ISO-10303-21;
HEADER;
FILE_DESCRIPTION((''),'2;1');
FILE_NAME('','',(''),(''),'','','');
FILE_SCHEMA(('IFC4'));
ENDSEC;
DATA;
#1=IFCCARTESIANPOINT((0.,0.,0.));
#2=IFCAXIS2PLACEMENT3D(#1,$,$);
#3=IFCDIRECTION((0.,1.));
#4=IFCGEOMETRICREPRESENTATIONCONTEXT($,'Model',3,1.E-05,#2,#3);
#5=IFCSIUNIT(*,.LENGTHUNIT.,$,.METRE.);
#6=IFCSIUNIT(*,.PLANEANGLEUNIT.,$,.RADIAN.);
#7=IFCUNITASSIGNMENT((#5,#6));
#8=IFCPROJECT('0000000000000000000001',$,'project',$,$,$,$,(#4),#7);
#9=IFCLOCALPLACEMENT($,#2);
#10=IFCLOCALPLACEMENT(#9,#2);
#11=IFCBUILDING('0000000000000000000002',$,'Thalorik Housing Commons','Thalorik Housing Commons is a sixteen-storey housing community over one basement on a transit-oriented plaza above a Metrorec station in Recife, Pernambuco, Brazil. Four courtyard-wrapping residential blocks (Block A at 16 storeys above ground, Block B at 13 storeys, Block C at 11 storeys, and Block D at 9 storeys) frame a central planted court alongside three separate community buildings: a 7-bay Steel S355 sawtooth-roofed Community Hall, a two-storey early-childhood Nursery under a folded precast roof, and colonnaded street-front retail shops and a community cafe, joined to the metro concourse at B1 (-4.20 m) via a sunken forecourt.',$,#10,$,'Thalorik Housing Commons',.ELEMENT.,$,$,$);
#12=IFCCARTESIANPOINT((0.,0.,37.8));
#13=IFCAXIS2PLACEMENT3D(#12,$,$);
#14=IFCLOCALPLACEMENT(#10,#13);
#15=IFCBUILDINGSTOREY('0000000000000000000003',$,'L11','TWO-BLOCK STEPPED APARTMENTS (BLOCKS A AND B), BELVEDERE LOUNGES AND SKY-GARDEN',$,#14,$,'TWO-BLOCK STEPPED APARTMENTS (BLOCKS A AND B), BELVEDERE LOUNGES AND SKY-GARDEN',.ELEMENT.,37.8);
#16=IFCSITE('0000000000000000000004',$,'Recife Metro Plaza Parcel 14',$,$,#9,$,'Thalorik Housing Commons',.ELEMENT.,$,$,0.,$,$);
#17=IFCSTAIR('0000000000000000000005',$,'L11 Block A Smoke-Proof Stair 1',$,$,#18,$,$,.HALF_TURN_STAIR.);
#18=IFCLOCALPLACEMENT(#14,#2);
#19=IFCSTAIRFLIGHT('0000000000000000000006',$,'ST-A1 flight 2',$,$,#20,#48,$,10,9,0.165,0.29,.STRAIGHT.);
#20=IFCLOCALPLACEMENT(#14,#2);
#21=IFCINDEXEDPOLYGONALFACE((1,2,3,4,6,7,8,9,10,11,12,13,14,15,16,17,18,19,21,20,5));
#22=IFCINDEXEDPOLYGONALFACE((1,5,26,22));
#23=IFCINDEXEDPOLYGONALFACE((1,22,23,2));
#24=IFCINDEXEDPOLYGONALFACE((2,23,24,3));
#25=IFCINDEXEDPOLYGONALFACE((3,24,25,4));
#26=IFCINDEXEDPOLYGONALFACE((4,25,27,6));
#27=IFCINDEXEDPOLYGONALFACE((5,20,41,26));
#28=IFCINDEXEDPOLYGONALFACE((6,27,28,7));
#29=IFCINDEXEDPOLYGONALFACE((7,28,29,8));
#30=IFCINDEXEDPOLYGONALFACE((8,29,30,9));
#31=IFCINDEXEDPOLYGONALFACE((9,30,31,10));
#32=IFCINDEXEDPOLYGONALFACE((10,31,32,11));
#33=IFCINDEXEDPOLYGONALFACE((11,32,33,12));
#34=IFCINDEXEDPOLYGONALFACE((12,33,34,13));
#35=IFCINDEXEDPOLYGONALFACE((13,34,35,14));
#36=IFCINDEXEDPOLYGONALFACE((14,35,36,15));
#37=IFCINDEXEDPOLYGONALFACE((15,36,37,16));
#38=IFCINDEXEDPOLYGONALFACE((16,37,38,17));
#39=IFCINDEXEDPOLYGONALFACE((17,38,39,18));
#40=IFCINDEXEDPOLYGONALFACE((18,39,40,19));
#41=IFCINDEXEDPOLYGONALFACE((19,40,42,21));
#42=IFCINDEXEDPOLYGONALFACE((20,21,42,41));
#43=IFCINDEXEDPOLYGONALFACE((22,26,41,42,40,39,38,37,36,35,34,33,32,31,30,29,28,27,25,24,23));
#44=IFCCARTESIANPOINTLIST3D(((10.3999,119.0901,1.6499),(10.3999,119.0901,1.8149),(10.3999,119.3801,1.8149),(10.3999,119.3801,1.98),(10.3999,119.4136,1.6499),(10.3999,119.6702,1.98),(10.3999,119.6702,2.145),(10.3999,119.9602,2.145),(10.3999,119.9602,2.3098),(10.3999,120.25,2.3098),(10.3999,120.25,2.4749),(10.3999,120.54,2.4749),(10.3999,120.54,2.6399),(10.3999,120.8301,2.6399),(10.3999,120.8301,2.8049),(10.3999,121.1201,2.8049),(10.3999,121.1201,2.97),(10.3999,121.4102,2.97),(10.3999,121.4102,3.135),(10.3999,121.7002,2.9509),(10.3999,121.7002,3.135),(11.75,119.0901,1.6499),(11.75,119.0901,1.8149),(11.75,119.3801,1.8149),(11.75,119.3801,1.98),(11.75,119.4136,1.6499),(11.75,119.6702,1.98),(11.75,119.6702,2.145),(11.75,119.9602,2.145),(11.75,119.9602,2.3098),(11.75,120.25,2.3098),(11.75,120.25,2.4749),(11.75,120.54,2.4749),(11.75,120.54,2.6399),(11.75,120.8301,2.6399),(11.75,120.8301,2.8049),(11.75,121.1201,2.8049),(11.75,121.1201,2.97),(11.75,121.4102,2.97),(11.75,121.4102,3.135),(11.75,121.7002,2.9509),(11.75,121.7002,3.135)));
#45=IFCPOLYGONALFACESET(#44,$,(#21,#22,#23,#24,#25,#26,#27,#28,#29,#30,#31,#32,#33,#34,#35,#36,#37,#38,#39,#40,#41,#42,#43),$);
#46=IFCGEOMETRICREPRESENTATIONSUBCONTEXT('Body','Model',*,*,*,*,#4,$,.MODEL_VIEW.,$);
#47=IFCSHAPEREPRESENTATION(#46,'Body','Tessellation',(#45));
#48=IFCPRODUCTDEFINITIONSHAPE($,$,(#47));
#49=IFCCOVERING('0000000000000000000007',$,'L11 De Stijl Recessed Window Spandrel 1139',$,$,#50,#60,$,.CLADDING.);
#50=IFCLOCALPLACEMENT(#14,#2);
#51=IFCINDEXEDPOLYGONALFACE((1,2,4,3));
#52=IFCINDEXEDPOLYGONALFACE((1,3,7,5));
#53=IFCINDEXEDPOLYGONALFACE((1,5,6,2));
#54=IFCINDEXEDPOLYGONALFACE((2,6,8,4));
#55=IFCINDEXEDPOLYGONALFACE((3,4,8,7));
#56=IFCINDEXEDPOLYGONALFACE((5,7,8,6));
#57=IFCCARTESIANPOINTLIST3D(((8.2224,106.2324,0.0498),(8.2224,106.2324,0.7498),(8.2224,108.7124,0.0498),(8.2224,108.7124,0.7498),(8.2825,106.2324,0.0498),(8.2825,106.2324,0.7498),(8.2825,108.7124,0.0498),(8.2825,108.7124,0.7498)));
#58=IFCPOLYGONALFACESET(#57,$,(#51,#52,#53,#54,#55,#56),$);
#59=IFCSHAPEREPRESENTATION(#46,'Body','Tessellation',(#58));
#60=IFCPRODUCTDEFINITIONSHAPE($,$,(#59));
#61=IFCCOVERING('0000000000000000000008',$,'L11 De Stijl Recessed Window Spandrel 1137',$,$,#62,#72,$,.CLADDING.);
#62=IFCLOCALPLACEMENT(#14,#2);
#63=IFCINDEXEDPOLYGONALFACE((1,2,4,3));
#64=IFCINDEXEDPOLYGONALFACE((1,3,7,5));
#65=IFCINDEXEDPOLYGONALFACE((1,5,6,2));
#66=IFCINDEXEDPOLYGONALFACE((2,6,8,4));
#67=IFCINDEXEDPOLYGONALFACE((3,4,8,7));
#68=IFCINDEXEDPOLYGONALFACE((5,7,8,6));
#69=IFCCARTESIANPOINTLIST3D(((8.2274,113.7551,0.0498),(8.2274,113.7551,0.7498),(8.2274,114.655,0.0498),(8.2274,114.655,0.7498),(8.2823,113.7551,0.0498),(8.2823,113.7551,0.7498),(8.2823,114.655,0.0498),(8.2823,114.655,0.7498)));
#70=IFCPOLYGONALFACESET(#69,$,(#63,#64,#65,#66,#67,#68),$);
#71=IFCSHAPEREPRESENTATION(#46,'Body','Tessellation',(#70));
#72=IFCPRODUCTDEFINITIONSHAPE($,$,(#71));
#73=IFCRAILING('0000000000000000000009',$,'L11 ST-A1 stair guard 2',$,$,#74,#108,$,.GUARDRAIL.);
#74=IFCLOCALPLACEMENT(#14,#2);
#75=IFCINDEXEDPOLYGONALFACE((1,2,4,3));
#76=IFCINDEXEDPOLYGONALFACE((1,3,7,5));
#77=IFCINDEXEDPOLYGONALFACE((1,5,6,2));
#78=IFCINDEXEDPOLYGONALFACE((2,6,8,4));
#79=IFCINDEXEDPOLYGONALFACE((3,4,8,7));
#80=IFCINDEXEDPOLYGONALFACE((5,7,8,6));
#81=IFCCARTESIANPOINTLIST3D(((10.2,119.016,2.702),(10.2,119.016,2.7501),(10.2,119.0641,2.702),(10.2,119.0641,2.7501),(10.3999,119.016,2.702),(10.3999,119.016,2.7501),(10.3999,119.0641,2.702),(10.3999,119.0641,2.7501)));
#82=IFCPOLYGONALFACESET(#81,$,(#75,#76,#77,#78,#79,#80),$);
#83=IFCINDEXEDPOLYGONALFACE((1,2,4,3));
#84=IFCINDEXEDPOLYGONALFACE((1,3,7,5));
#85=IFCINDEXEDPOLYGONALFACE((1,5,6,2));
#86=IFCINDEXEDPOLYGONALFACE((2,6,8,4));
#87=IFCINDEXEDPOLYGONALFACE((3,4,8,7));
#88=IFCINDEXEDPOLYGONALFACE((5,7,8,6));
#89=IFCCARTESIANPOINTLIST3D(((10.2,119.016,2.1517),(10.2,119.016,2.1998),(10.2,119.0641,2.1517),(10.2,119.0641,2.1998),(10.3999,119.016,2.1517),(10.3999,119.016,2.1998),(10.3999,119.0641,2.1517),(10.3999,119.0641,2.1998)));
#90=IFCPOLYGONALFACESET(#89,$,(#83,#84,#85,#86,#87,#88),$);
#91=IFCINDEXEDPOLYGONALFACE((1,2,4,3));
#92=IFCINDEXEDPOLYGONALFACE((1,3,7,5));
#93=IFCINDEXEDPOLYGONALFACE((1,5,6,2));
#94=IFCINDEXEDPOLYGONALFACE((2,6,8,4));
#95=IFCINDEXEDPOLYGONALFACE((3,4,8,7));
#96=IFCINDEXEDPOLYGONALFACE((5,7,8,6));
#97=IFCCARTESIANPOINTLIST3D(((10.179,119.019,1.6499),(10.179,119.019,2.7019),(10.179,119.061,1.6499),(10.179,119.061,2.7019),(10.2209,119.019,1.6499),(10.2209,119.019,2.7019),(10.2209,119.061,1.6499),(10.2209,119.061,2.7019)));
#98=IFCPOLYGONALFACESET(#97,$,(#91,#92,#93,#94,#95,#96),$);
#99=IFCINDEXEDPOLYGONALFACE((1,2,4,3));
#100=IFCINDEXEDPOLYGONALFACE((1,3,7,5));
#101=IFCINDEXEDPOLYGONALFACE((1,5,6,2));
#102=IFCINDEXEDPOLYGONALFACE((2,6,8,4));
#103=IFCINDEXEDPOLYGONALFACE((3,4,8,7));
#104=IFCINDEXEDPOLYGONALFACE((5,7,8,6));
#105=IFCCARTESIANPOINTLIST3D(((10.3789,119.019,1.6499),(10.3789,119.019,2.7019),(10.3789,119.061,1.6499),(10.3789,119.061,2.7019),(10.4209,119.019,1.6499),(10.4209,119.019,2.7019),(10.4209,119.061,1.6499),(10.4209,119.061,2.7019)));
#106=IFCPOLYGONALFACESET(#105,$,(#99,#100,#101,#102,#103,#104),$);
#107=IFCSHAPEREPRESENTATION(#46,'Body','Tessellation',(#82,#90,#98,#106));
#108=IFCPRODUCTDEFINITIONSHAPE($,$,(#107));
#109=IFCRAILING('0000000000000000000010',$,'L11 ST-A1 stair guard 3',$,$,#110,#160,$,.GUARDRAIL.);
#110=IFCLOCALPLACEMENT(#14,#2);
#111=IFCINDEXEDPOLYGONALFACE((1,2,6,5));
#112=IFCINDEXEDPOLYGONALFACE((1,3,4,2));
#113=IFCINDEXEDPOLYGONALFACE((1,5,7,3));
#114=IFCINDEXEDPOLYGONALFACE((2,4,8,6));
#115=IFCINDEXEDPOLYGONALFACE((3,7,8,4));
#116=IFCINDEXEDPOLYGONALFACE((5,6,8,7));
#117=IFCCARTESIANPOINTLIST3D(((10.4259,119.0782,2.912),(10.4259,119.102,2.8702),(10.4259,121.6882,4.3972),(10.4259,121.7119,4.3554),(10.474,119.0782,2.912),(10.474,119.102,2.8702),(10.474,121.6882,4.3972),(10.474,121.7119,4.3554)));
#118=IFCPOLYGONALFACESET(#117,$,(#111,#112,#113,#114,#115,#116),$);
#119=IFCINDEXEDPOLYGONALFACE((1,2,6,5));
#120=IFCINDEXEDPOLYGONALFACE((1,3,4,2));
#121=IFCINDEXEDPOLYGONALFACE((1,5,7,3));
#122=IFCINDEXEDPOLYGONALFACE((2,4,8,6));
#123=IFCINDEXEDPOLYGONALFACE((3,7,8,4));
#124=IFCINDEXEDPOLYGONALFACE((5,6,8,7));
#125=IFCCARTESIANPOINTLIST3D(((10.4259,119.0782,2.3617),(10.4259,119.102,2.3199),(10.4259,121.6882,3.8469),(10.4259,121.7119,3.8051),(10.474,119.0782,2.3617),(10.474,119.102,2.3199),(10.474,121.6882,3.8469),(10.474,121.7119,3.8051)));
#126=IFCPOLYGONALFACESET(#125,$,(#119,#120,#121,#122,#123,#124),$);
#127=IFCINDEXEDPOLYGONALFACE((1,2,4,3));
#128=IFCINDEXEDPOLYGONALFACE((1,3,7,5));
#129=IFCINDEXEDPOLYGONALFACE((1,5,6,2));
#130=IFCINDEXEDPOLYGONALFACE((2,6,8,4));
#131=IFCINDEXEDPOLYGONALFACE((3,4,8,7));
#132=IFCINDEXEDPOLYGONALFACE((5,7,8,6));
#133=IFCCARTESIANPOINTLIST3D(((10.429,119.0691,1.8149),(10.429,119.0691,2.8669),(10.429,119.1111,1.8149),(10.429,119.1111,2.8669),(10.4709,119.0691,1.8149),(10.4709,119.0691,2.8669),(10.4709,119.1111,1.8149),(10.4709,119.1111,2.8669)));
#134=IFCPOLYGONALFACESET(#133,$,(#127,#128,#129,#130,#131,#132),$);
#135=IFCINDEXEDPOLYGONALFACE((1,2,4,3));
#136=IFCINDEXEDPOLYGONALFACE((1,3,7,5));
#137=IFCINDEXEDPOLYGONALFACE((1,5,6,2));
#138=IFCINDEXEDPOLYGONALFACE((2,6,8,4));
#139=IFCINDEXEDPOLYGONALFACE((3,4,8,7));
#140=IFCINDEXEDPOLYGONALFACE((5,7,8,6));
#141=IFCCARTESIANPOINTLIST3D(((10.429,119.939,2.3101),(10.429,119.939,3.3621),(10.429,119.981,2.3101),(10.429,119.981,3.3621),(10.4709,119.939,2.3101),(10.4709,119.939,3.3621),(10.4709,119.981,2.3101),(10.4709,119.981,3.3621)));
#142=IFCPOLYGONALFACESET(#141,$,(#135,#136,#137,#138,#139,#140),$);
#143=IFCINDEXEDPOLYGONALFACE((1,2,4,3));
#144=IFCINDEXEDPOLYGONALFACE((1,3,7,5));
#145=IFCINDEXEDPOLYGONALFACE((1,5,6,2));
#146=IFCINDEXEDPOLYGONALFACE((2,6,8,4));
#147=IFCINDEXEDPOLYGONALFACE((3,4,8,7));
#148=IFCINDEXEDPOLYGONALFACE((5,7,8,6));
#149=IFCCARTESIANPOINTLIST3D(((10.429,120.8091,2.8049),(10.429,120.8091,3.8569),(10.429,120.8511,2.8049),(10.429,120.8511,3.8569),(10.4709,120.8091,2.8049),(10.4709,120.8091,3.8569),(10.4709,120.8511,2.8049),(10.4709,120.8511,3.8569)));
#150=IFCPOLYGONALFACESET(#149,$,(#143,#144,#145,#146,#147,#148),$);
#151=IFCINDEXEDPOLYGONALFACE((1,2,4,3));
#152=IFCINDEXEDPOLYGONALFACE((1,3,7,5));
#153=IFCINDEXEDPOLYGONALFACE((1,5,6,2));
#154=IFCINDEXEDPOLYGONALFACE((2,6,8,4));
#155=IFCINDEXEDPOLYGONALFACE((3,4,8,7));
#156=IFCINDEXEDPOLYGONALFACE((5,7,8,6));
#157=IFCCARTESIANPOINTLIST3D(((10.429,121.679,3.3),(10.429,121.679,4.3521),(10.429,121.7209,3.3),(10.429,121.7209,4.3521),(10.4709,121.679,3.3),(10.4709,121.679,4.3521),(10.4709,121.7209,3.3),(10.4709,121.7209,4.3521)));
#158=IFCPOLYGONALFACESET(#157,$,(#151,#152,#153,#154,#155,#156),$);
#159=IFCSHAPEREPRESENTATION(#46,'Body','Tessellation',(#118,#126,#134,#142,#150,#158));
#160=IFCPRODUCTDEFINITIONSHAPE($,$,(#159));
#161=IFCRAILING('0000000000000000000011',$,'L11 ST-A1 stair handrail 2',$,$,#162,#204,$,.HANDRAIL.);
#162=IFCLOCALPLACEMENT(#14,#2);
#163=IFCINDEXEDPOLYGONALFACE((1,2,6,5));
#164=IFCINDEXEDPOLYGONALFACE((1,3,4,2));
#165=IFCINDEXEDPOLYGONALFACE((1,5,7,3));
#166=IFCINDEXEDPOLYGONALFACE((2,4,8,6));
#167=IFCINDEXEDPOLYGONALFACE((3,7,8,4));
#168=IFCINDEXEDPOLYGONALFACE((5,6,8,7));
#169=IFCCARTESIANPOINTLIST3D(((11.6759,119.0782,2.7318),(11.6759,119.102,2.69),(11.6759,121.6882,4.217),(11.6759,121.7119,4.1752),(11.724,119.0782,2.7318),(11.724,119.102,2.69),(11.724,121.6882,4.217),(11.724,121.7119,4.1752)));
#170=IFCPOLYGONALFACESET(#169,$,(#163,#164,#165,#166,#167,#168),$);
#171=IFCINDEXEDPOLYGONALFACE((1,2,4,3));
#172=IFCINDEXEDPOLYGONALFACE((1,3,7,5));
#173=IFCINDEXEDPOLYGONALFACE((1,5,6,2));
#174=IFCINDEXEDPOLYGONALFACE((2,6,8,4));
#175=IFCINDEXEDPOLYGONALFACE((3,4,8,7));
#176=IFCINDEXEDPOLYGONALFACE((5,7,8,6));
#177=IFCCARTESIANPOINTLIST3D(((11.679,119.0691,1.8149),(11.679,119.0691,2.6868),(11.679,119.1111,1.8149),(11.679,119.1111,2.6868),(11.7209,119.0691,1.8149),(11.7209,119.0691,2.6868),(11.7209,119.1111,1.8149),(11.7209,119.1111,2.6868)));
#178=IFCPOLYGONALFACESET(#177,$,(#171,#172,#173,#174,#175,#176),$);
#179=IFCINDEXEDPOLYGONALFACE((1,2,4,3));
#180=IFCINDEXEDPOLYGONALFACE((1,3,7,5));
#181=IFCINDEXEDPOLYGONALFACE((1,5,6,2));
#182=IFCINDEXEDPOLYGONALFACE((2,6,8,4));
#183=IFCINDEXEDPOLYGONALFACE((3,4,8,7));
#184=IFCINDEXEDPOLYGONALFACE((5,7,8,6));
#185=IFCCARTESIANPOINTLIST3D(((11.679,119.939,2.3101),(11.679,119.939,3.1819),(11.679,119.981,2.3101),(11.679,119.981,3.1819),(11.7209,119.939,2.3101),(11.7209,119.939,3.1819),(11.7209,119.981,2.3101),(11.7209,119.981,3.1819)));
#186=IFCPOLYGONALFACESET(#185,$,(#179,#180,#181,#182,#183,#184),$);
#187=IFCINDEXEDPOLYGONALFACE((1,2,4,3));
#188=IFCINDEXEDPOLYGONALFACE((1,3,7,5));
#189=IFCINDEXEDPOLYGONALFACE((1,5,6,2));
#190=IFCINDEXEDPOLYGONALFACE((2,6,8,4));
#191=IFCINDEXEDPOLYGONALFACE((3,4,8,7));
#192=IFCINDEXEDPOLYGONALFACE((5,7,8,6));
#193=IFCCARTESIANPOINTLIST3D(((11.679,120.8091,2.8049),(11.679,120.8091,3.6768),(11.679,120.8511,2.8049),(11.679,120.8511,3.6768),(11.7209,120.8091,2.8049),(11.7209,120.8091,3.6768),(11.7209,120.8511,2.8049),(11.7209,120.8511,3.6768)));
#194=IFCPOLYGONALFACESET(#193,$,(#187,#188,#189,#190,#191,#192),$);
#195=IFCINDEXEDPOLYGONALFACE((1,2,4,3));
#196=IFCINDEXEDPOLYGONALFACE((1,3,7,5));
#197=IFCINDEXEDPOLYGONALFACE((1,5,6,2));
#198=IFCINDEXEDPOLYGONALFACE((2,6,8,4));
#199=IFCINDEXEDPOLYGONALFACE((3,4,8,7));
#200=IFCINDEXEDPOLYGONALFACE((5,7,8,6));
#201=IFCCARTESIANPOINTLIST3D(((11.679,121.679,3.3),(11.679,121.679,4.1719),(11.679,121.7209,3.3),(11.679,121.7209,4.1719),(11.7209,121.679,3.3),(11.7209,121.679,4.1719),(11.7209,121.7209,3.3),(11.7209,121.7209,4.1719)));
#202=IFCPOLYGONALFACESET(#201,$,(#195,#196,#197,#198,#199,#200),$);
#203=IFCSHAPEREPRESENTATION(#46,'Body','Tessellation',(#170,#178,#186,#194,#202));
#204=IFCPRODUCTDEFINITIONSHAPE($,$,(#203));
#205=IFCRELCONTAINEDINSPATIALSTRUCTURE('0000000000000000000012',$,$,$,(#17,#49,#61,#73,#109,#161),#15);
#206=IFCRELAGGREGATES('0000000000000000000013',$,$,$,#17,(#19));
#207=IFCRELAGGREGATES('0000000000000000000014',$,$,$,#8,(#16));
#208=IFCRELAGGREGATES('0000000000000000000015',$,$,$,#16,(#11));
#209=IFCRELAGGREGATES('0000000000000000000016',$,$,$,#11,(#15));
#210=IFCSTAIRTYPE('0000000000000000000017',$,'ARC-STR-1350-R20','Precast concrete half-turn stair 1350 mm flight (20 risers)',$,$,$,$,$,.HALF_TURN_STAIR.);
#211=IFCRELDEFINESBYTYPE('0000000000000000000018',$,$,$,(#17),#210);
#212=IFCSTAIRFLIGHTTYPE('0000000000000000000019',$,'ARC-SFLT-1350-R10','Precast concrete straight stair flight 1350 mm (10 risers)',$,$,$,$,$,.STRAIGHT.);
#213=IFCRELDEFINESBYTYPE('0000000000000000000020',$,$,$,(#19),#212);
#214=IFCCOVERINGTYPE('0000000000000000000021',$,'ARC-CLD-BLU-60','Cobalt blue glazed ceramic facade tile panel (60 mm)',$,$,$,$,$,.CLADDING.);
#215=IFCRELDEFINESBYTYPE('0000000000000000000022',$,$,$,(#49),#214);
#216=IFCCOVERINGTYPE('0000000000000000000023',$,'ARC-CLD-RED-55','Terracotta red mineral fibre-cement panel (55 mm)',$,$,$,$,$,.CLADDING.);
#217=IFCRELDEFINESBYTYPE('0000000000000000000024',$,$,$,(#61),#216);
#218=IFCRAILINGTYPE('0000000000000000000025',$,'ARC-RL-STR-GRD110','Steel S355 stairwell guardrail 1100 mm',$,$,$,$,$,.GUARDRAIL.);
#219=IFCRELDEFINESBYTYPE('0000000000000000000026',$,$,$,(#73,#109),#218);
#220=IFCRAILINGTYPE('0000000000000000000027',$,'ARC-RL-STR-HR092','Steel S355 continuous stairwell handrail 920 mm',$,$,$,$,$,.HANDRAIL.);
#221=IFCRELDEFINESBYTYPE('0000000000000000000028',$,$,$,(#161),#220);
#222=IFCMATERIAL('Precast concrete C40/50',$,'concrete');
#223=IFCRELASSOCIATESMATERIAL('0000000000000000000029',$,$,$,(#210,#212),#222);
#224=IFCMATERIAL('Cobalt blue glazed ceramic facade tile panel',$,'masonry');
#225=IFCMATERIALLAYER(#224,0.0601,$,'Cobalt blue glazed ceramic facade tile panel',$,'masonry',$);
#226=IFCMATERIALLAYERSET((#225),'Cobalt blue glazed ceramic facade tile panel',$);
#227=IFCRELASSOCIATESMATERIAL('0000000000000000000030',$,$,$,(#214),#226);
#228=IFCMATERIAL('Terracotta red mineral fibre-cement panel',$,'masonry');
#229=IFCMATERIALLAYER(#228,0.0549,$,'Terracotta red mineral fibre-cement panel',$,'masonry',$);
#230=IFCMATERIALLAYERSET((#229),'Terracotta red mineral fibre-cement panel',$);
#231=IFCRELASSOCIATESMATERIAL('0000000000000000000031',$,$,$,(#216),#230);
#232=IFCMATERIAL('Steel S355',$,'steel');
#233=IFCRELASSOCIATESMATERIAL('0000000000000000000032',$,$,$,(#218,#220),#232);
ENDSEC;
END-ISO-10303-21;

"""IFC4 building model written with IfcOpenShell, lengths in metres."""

from ifc_helpers import new_model, si_unit, direction, frame, origin, origin_2d, place, context, subcontext, project, spatial, polyline, rectangle, outline, extrude, material, layer, layer_set, type_object, element, aggregate, save


model = new_model("IFC4")

# Units and contexts
model_context = context("Model", 3, precision=1e-05, world=origin(), true_north=direction((0.0, 1.0)))
body_context = subcontext(model_context, "Body", "Model", "MODEL_VIEW")
ifc_project = project(units=[si_unit("LENGTHUNIT", "METRE"), si_unit("PLANEANGLEUNIT", "RADIAN")], contexts=[model_context])

# Site, building, storey
site_placement = place(None, origin())
site = spatial("IfcSite", under=ifc_project, at=site_placement, Name="Recife Metro Plaza Parcel 14", LongName="Thalorik Housing Commons", CompositionType="ELEMENT", RefElevation=0.0)
building_placement = place(site_placement, origin())
building = spatial("IfcBuilding", under=site, at=building_placement, Name="Thalorik Housing Commons", Description="Thalorik Housing Commons is a sixteen-storey housing community over one basement on a transit-oriented plaza above a Metrorec station in Recife, Pernambuco, Brazil. Four courtyard-wrapping residential blocks (Block A at 16 storeys above ground, Block B at 13 storeys, Block C at 11 storeys, and Block D at 9 storeys) frame a central planted court alongside three separate community buildings: a 7-bay Steel S355 sawtooth-roofed Community Hall, a two-storey early-childhood Nursery under a folded precast roof, and colonnaded street-front retail shops and a community cafe, joined to the metro concourse at B1 (-4.20 m) via a sunken forecourt.", LongName="Thalorik Housing Commons", CompositionType="ELEMENT")
storey_placement = place(building_placement, frame((0.0, 0.0, 37.8)))
storey = spatial("IfcBuildingStorey", under=building, at=storey_placement, Name="L11", Description="TWO-BLOCK STEPPED APARTMENTS (BLOCKS A AND B), BELVEDERE LOUNGES AND SKY-GARDEN", LongName="TWO-BLOCK STEPPED APARTMENTS (BLOCKS A AND B), BELVEDERE LOUNGES AND SKY-GARDEN", CompositionType="ELEMENT", Elevation=37.8)

# Shared definitions
ifc_material_1 = material(Name="Precast concrete C40/50", Category="concrete")

# Shared definitions
ifc_material_2 = material(Name="Steel S355", Category="steel")

# Stair, stair flight
stair_type = type_object("IfcStairType", Name="ARC-STR-1350-R20", Description="Precast concrete half-turn stair 1350 mm flight (20 risers)", PredefinedType="HALF_TURN_STAIR", material=ifc_material_1)
stair_placement = place(storey_placement, origin())
stair = element("IfcStair", 1, at=stair_placement, inside=storey, type_object=stair_type, Name="L11 Block A Smoke-Proof Stair 1", PredefinedType="HALF_TURN_STAIR")
stair_flight_type = type_object("IfcStairFlightType", Name="ARC-SFLT-1350-R10", Description="Precast concrete straight stair flight 1350 mm (10 risers)", PredefinedType="STRAIGHT", material=ifc_material_1)
stair_flight_placement = place(storey_placement, frame((11.075, 119.0901, 1.6499), z_axis=(0.0, 0.0, 1.0), x_axis=(0.0, 1.0, 0.0)))
stair_flight = element("IfcStairFlight", 2, at=stair_flight_placement, type_object=stair_flight_type, Name="ST-A1 flight 2", NumberOfRisers=10, NumberOfTreads=9, PredefinedType="STRAIGHT", RiserHeight=0.165, TreadLength=0.29, context=body_context, shape_type="SweptSolid", body=[
    extrude(outline(polyline([(0.0, 0.0), (0.0, 0.165), (0.29, 0.165), (0.29, 0.3301), (0.5801, 0.3301), (0.5801, 0.4951), (0.8701, 0.4951), (0.8701, 0.6599), (1.1599, 0.6599), (1.1599, 0.825), (1.45, 0.825), (1.45, 0.99), (1.74, 0.99), (1.74, 1.155), (2.03, 1.155), (2.03, 1.3201), (2.3201, 1.3201), (2.3201, 1.4851), (2.6101, 1.4851), (2.6101, 1.6499), (2.6101, 1.301), (0.3235, 0.0), (0.0, 0.0)])), frame((0.0, 0.675, 0.0), z_axis=(0.0, -1.0, 0.0), x_axis=(1.0, 0.0, 0.0)), (0.0, 0.0, 1.0), 1.3501),
])
aggregate(stair, [stair_flight])

# Coverings
ifc_material_3 = material(Name="Cobalt blue glazed ceramic facade tile panel", Category="masonry")
ifc_layer_1 = layer(ifc_material_3, 0.0601, Name="Cobalt blue glazed ceramic facade tile panel", Category="masonry")
ifc_layer_set_1 = layer_set([ifc_layer_1], Name="Cobalt blue glazed ceramic facade tile panel")
covering_type_1 = type_object("IfcCoveringType", Name="ARC-CLD-BLU-60", Description="Cobalt blue glazed ceramic facade tile panel (60 mm)", PredefinedType="CLADDING", material=ifc_layer_set_1)
covering_1_placement = place(storey_placement, frame((8.2524, 107.4724, 0.0498), z_axis=(0.0, 0.0, 1.0), x_axis=(0.0, -1.0, 0.0)))
element("IfcCovering", 3, at=covering_1_placement, inside=storey, type_object=covering_type_1, Name="L11 De Stijl Recessed Window Spandrel 1139", PredefinedType="CLADDING", context=body_context, shape_type="SweptSolid", body=[
    extrude(rectangle(XDim=2.48, YDim=0.0601, at=origin_2d()), origin(), (0.0, 0.0, 1.0), 0.7),
])
ifc_material_4 = material(Name="Terracotta red mineral fibre-cement panel", Category="masonry")
ifc_layer_2 = layer(ifc_material_4, 0.0549, Name="Terracotta red mineral fibre-cement panel", Category="masonry")
ifc_layer_set_2 = layer_set([ifc_layer_2], Name="Terracotta red mineral fibre-cement panel")
covering_type_2 = type_object("IfcCoveringType", Name="ARC-CLD-RED-55", Description="Terracotta red mineral fibre-cement panel (55 mm)", PredefinedType="CLADDING", material=ifc_layer_set_2)
covering_2_placement = place(storey_placement, frame((8.2549, 114.2051, 0.0498), z_axis=(0.0, 0.0, 1.0), x_axis=(0.0, -1.0, 0.0)))
element("IfcCovering", 4, at=covering_2_placement, inside=storey, type_object=covering_type_2, Name="L11 De Stijl Recessed Window Spandrel 1137", PredefinedType="CLADDING", context=body_context, shape_type="SweptSolid", body=[
    extrude(rectangle(XDim=0.8999, YDim=0.0549, at=origin_2d()), origin(), (0.0, 0.0, 1.0), 0.7),
])

# Railings
railing_type_1 = type_object("IfcRailingType", Name="ARC-RL-STR-GRD110", Description="Steel S355 stairwell guardrail 1100 mm", PredefinedType="GUARDRAIL", material=ifc_material_2)
railing_1_placement = place(storey_placement, frame((10.2, 119.04, 1.6499)))
element("IfcRailing", 5, at=railing_1_placement, inside=storey, type_object=railing_type_1, Name="L11 ST-A1 stair guard 2", PredefinedType="GUARDRAIL", context=body_context, shape_type="SweptSolid", body=[
    extrude(rectangle(XDim=0.0481, YDim=0.0481, at=origin_2d()), frame((0.0, 0.0, 1.0762), z_axis=(1.0, 0.0, 0.0), x_axis=(0.0, 1.0, 0.0)), (0.0, 0.0, 1.0), 0.2),
    extrude(rectangle(XDim=0.0481, YDim=0.0481, at=origin_2d()), frame((0.0, 0.0, 0.5259), z_axis=(1.0, 0.0, 0.0), x_axis=(0.0, 1.0, 0.0)), (0.0, 0.0, 1.0), 0.2),
    extrude(rectangle(XDim=0.042, YDim=0.042, at=origin_2d()), origin(), (0.0, 0.0, 1.0), 1.052),
    extrude(rectangle(XDim=0.042, YDim=0.042, at=origin_2d()), frame((0.2, 0.0, 0.0)), (0.0, 0.0, 1.0), 1.052),
])
railing_2_placement = place(storey_placement, frame((10.45, 119.0901, 1.8149)))
element("IfcRailing", 6, at=railing_2_placement, inside=storey, type_object=railing_type_1, Name="L11 ST-A1 stair guard 3", PredefinedType="GUARDRAIL", context=body_context, shape_type="SweptSolid", body=[
    extrude(rectangle(XDim=0.0481, YDim=0.0481, at=origin_2d()), frame((0.0, 0.0, 1.0762), z_axis=(0.0, 0.869137, 0.494571), x_axis=(-1.0, 0.0, 0.0)), (0.0, 0.0, 1.0), 3.0029),
    extrude(rectangle(XDim=0.0481, YDim=0.0481, at=origin_2d()), frame((0.0, 0.0, 0.5259), z_axis=(0.0, 0.869137, 0.494571), x_axis=(-1.0, 0.0, 0.0)), (0.0, 0.0, 1.0), 3.0029),
    extrude(rectangle(XDim=0.042, YDim=0.042, at=origin_2d()), origin(), (0.0, 0.0, 1.0), 1.052),
    extrude(rectangle(XDim=0.042, YDim=0.042, at=origin_2d()), frame((0.0, 0.8699, 0.4951)), (0.0, 0.0, 1.0), 1.052),
    extrude(rectangle(XDim=0.042, YDim=0.042, at=origin_2d()), frame((0.0, 1.74, 0.99)), (0.0, 0.0, 1.0), 1.052),
    extrude(rectangle(XDim=0.042, YDim=0.042, at=origin_2d()), frame((0.0, 2.6099, 1.4851)), (0.0, 0.0, 1.0), 1.052),
])
railing_type_2 = type_object("IfcRailingType", Name="ARC-RL-STR-HR092", Description="Steel S355 continuous stairwell handrail 920 mm", PredefinedType="HANDRAIL", material=ifc_material_2)
railing_3_placement = place(storey_placement, frame((11.7, 119.0901, 1.8149)))
element("IfcRailing", 7, at=railing_3_placement, inside=storey, type_object=railing_type_2, Name="L11 ST-A1 stair handrail 2", PredefinedType="HANDRAIL", context=body_context, shape_type="SweptSolid", body=[
    extrude(rectangle(XDim=0.0481, YDim=0.0481, at=origin_2d()), frame((0.0, 0.0, 0.896), z_axis=(0.0, 0.869137, 0.494571), x_axis=(-1.0, 0.0, 0.0)), (0.0, 0.0, 1.0), 3.0029),
    extrude(rectangle(XDim=0.042, YDim=0.042, at=origin_2d()), origin(), (0.0, 0.0, 1.0), 0.8718),
    extrude(rectangle(XDim=0.042, YDim=0.042, at=origin_2d()), frame((0.0, 0.8699, 0.4951)), (0.0, 0.0, 1.0), 0.8718),
    extrude(rectangle(XDim=0.042, YDim=0.042, at=origin_2d()), frame((0.0, 1.74, 0.99)), (0.0, 0.0, 1.0), 0.8718),
    extrude(rectangle(XDim=0.042, YDim=0.042, at=origin_2d()), frame((0.0, 2.6099, 1.4851)), (0.0, 0.0, 1.0), 0.8718),
])

save(model, "model.ifc")
